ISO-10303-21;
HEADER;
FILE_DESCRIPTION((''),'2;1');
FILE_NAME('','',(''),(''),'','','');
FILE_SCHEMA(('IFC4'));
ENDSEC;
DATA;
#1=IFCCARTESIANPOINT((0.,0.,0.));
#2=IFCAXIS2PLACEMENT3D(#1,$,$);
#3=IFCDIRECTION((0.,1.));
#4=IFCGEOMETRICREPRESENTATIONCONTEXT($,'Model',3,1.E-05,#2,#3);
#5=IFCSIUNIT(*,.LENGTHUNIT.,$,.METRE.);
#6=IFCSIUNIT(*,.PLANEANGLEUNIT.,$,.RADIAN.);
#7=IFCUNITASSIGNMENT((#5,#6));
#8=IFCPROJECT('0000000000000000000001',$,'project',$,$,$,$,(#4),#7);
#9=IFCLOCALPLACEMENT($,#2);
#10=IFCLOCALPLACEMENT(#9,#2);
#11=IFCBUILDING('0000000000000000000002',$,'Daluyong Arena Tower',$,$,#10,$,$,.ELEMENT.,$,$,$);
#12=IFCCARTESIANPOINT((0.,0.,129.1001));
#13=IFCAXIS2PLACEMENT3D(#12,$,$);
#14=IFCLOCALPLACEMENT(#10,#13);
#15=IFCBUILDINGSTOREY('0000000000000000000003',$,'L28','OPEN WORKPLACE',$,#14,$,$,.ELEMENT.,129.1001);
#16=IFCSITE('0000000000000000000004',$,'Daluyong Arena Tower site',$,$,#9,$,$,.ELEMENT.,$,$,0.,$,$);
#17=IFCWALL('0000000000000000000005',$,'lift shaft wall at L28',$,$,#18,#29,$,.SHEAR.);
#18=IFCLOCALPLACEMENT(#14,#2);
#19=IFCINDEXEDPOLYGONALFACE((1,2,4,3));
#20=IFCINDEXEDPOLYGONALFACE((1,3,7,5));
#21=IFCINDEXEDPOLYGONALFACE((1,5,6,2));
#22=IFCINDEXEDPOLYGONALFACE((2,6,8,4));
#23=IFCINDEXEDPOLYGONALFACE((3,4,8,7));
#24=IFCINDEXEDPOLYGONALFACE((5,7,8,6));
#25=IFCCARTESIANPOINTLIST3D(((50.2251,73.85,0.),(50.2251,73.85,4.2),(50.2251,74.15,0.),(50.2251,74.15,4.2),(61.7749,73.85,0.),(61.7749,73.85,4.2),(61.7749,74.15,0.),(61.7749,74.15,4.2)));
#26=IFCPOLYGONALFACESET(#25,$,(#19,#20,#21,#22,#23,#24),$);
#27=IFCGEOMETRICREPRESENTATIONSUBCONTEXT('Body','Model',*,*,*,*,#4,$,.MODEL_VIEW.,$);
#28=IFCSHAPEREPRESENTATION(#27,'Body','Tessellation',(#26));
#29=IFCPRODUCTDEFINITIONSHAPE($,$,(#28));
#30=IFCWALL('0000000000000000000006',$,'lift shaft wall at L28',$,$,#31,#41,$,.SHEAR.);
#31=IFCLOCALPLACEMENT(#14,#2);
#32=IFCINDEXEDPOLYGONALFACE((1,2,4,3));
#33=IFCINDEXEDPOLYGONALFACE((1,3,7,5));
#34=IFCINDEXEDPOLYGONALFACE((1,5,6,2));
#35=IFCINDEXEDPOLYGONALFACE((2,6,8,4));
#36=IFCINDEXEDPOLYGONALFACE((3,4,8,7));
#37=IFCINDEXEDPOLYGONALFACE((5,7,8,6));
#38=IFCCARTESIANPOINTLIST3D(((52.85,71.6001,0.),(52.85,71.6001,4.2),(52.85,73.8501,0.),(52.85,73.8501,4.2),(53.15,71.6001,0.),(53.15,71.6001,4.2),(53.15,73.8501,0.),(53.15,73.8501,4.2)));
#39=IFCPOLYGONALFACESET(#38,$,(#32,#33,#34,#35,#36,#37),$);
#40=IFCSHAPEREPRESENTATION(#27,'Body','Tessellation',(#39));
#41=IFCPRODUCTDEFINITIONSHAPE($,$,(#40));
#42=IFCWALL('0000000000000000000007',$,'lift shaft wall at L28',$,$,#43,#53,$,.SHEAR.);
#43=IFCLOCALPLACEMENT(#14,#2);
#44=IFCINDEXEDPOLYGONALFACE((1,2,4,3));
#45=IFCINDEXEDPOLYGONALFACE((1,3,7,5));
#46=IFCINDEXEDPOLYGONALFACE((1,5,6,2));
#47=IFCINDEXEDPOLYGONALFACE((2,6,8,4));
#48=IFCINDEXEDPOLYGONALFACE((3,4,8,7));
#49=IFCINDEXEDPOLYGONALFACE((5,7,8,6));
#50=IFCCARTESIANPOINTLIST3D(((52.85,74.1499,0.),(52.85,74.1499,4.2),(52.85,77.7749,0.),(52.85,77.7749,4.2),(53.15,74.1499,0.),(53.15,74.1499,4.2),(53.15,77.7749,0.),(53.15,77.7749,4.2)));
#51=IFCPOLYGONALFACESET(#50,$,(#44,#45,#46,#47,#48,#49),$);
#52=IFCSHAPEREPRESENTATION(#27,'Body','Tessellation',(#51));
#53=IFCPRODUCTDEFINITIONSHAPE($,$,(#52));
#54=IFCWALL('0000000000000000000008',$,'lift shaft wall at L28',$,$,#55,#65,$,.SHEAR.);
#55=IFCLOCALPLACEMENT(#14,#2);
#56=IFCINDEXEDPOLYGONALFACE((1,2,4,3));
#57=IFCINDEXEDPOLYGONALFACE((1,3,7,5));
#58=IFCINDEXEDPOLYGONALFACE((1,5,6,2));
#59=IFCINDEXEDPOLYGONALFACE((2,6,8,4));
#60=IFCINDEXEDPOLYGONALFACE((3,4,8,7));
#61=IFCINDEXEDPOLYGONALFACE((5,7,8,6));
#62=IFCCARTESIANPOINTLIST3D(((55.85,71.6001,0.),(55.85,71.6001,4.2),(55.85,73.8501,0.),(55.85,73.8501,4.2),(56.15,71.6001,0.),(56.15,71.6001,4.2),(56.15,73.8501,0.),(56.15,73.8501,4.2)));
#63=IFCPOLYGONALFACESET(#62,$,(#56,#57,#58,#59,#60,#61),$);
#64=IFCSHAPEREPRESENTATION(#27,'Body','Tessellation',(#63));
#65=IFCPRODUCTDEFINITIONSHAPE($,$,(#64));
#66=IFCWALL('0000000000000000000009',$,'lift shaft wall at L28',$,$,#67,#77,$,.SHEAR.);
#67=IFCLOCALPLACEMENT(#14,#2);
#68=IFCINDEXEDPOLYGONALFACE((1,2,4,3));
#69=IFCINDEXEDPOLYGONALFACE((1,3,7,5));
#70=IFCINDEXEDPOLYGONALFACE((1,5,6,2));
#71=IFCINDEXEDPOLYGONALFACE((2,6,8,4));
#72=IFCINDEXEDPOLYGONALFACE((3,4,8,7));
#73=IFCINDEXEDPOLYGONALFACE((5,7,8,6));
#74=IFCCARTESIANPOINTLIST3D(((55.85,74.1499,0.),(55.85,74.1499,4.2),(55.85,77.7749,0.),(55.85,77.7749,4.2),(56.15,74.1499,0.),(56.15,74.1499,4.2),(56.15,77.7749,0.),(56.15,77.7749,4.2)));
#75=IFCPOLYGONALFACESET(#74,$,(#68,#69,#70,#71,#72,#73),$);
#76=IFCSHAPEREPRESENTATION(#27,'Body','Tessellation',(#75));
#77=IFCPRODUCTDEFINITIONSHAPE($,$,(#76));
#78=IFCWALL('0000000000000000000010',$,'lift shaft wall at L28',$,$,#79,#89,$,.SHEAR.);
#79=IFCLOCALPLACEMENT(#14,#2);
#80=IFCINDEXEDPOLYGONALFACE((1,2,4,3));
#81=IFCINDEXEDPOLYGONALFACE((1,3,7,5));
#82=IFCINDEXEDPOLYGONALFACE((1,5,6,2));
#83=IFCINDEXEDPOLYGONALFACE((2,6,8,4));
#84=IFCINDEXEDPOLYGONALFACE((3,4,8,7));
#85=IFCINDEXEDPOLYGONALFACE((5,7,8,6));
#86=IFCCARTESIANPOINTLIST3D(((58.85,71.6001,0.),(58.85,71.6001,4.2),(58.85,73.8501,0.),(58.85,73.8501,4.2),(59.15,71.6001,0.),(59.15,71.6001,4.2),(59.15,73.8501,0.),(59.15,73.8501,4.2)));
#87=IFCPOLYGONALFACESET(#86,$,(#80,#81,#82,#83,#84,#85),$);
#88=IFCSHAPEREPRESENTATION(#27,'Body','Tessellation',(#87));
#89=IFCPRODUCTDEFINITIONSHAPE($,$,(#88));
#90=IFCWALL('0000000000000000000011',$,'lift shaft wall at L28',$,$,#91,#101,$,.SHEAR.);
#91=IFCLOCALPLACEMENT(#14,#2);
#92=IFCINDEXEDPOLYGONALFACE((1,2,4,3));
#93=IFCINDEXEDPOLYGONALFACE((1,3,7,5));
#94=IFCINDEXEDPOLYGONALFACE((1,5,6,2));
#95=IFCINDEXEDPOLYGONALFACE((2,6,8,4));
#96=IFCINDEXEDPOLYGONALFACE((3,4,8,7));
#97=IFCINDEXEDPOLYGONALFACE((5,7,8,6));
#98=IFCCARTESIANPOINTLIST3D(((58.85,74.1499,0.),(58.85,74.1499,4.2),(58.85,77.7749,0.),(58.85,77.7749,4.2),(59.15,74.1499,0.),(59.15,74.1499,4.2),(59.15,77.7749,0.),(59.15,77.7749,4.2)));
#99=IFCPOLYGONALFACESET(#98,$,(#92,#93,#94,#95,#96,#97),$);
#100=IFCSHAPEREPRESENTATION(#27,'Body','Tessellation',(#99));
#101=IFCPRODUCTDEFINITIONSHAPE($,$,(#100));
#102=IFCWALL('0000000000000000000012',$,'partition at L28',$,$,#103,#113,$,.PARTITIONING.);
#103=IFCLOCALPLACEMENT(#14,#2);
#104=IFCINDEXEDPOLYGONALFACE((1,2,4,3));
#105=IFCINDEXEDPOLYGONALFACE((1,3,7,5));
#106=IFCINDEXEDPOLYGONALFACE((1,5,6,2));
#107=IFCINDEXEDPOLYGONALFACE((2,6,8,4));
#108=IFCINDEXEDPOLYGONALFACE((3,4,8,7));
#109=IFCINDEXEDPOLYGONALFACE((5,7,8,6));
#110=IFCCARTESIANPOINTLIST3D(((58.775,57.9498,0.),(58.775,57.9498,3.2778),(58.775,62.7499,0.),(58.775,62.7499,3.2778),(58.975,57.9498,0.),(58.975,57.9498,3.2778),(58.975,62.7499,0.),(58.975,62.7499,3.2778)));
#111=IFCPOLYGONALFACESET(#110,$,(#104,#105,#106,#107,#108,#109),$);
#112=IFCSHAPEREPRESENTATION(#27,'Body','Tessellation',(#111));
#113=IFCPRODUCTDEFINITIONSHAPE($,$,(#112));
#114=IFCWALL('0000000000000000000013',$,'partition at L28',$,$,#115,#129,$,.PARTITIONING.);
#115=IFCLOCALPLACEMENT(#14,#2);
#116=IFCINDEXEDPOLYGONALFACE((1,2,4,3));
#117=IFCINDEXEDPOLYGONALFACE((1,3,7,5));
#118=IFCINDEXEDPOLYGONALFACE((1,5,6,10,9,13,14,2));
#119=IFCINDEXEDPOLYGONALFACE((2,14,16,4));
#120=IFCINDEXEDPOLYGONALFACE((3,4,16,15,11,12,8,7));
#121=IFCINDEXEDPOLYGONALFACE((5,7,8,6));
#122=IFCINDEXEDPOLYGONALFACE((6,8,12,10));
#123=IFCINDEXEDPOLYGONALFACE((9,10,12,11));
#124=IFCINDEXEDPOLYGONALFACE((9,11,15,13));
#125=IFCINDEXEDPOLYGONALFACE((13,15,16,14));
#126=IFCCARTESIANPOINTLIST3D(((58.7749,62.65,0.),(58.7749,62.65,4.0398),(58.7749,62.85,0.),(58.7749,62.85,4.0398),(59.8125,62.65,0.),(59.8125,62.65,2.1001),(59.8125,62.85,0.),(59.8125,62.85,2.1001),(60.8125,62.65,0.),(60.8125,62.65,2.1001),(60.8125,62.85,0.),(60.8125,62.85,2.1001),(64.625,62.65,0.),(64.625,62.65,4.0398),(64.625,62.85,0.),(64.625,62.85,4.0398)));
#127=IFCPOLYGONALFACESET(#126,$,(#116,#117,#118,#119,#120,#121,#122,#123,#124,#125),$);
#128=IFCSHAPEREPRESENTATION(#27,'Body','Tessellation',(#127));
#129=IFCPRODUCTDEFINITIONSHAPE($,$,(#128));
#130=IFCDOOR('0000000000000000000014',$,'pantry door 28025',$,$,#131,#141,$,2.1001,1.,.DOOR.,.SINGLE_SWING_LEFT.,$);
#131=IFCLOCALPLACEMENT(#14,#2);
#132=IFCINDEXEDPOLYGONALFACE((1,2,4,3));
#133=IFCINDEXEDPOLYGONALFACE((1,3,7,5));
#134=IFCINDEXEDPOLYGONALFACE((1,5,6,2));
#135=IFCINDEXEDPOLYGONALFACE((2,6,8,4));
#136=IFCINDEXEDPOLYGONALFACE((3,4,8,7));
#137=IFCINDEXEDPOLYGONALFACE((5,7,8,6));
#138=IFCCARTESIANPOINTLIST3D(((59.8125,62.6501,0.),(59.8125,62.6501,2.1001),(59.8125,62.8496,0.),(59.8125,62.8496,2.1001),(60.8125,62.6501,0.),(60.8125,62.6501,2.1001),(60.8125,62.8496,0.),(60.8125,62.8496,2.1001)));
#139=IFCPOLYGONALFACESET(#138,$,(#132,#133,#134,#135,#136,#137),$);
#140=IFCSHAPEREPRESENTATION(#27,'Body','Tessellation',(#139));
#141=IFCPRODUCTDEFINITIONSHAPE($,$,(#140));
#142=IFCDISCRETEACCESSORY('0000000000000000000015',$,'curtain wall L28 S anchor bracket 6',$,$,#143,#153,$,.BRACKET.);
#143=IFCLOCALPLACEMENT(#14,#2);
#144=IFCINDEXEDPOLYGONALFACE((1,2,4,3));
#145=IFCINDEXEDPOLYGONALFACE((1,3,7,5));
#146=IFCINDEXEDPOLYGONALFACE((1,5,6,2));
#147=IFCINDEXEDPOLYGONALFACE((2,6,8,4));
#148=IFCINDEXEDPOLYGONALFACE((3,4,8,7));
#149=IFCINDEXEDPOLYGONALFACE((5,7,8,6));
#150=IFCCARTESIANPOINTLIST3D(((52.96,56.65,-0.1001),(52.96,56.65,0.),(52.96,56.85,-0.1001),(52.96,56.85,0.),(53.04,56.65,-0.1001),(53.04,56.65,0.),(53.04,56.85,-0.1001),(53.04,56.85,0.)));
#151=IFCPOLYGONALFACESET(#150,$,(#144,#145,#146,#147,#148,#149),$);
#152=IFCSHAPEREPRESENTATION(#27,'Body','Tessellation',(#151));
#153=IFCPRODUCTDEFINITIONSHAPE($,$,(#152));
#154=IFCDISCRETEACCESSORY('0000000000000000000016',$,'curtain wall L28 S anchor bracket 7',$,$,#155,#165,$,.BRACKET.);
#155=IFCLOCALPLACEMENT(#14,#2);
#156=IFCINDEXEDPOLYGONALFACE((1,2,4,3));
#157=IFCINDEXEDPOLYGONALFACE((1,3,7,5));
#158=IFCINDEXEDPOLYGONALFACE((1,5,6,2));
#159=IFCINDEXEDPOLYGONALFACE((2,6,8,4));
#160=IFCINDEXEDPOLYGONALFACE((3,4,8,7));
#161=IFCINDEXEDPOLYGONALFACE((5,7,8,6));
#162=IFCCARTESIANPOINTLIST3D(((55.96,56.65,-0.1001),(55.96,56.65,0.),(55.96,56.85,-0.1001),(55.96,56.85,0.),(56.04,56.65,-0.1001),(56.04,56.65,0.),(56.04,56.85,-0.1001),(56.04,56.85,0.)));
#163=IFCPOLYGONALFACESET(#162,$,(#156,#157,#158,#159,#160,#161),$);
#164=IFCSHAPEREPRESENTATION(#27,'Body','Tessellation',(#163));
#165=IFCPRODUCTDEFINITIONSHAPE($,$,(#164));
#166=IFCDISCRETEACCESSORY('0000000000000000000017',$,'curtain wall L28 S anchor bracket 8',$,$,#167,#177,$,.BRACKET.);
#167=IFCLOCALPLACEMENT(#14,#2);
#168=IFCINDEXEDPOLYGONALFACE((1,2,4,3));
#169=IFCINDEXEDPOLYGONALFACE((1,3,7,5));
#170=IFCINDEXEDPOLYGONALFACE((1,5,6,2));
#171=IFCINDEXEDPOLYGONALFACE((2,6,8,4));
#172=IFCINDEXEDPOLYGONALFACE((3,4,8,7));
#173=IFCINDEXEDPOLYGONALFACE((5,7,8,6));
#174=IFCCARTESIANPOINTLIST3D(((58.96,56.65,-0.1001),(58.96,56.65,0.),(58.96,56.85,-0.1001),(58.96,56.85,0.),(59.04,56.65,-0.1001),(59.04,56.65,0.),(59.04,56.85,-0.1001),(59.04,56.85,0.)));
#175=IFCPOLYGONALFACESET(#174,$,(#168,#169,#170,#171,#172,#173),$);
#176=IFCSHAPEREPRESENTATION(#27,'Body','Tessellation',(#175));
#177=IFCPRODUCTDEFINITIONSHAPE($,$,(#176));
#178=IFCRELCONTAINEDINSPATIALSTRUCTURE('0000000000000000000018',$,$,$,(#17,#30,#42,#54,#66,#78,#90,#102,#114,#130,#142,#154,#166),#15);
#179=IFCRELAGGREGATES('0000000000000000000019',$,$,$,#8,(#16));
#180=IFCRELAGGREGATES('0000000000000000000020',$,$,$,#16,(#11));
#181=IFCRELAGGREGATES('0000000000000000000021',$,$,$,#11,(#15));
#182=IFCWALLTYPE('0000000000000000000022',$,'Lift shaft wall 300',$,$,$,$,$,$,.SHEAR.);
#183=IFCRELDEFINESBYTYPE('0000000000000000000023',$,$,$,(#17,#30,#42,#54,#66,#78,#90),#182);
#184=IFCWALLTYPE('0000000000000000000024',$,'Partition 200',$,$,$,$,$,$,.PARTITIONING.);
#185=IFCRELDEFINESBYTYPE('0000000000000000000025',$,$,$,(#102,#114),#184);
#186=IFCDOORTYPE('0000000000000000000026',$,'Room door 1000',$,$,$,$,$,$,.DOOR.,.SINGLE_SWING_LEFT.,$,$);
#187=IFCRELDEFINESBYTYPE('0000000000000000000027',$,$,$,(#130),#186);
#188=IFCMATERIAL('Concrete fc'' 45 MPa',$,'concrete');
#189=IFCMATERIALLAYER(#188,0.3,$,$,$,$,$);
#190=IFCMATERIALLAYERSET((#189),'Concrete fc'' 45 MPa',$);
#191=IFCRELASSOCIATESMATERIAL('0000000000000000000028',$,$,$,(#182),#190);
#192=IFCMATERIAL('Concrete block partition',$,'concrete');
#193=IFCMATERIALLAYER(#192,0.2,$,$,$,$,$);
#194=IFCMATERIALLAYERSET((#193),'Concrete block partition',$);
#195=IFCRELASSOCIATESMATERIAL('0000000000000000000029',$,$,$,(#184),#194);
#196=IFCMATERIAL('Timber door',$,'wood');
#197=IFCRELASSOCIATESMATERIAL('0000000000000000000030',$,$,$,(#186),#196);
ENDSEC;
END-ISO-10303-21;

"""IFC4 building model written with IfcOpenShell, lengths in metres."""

from ifc_helpers import new_model, si_unit, direction, frame, frame_2d, origin, origin_2d, place, context, subcontext, project, spatial, rectangle, extrude, material, layer, layer_set, type_object, element, fill, save


model = new_model("IFC4")

# Units and contexts
model_context = context("Model", 3, precision=1e-05, world=origin(), true_north=direction((0.0, 1.0)))
body_context = subcontext(model_context, "Body", "Model", "MODEL_VIEW")
ifc_project = project(units=[si_unit("LENGTHUNIT", "METRE"), si_unit("PLANEANGLEUNIT", "RADIAN")], contexts=[model_context])

# Site, building, storey
site_placement = place(None, origin())
site = spatial("IfcSite", under=ifc_project, at=site_placement, Name="Daluyong Arena Tower site", CompositionType="ELEMENT", RefElevation=0.0)
building_placement = place(site_placement, origin())
building = spatial("IfcBuilding", under=site, at=building_placement, Name="Daluyong Arena Tower", CompositionType="ELEMENT")
storey_placement = place(building_placement, frame((0.0, 0.0, 129.1001)))
storey = spatial("IfcBuildingStorey", under=building, at=storey_placement, Name="L28", Description="OPEN WORKPLACE", CompositionType="ELEMENT", Elevation=129.1001)

# Walls
ifc_material_1 = material(Name="Concrete fc' 45 MPa", Category="concrete")
ifc_layer_1 = layer(ifc_material_1, 0.3)
ifc_layer_set_1 = layer_set([ifc_layer_1], Name="Concrete fc' 45 MPa")
wall_type_1 = type_object("IfcWallType", Name="Lift shaft wall 300", PredefinedType="SHEAR", material=ifc_layer_set_1)
wall_1_placement = place(storey_placement, frame((50.2251, 74.0, 0.0), z_axis=(0.0, 0.0, 1.0), x_axis=(1.0, 0.0, 0.0)))
element("IfcWall", 1, at=wall_1_placement, inside=storey, type_object=wall_type_1, Name="lift shaft wall at L28", PredefinedType="SHEAR", context=body_context, shape_type="SweptSolid", body=[
    extrude(rectangle(XDim=11.5498, YDim=0.3, at=frame_2d((5.7749, 0.0))), origin(), (0.0, 0.0, 1.0), 4.2),
])
wall_2_placement = place(storey_placement, frame((53.0, 71.6001, 0.0), z_axis=(0.0, 0.0, 1.0), x_axis=(0.0, 1.0, 0.0)))
element("IfcWall", 2, at=wall_2_placement, inside=storey, type_object=wall_type_1, Name="lift shaft wall at L28", PredefinedType="SHEAR", context=body_context, shape_type="SweptSolid", body=[
    extrude(rectangle(XDim=2.25, YDim=0.3, at=frame_2d((1.125, 0.0))), origin(), (0.0, 0.0, 1.0), 4.2),
])
wall_3_placement = place(storey_placement, frame((53.0, 74.1499, 0.0), z_axis=(0.0, 0.0, 1.0), x_axis=(0.0, 1.0, 0.0)))
element("IfcWall", 3, at=wall_3_placement, inside=storey, type_object=wall_type_1, Name="lift shaft wall at L28", PredefinedType="SHEAR", context=body_context, shape_type="SweptSolid", body=[
    extrude(rectangle(XDim=3.625, YDim=0.3, at=frame_2d((1.8125, 0.0))), origin(), (0.0, 0.0, 1.0), 4.2),
])
wall_4_placement = place(storey_placement, frame((56.0, 71.6001, 0.0), z_axis=(0.0, 0.0, 1.0), x_axis=(0.0, 1.0, 0.0)))
element("IfcWall", 4, at=wall_4_placement, inside=storey, type_object=wall_type_1, Name="lift shaft wall at L28", PredefinedType="SHEAR", context=body_context, shape_type="SweptSolid", body=[
    extrude(rectangle(XDim=2.25, YDim=0.3, at=frame_2d((1.125, 0.0))), origin(), (0.0, 0.0, 1.0), 4.2),
])
wall_5_placement = place(storey_placement, frame((56.0, 74.1499, 0.0), z_axis=(0.0, 0.0, 1.0), x_axis=(0.0, 1.0, 0.0)))
element("IfcWall", 5, at=wall_5_placement, inside=storey, type_object=wall_type_1, Name="lift shaft wall at L28", PredefinedType="SHEAR", context=body_context, shape_type="SweptSolid", body=[
    extrude(rectangle(XDim=3.625, YDim=0.3, at=frame_2d((1.8125, 0.0))), origin(), (0.0, 0.0, 1.0), 4.2),
])
wall_6_placement = place(storey_placement, frame((59.0, 71.6001, 0.0), z_axis=(0.0, 0.0, 1.0), x_axis=(0.0, 1.0, 0.0)))
element("IfcWall", 6, at=wall_6_placement, inside=storey, type_object=wall_type_1, Name="lift shaft wall at L28", PredefinedType="SHEAR", context=body_context, shape_type="SweptSolid", body=[
    extrude(rectangle(XDim=2.25, YDim=0.3, at=frame_2d((1.125, 0.0))), origin(), (0.0, 0.0, 1.0), 4.2),
])
wall_7_placement = place(storey_placement, frame((59.0, 74.1499, 0.0), z_axis=(0.0, 0.0, 1.0), x_axis=(0.0, 1.0, 0.0)))
element("IfcWall", 7, at=wall_7_placement, inside=storey, type_object=wall_type_1, Name="lift shaft wall at L28", PredefinedType="SHEAR", context=body_context, shape_type="SweptSolid", body=[
    extrude(rectangle(XDim=3.625, YDim=0.3, at=frame_2d((1.8125, 0.0))), origin(), (0.0, 0.0, 1.0), 4.2),
])
ifc_material_2 = material(Name="Concrete block partition", Category="concrete")
ifc_layer_2 = layer(ifc_material_2, 0.2)
ifc_layer_set_2 = layer_set([ifc_layer_2], Name="Concrete block partition")
wall_type_2 = type_object("IfcWallType", Name="Partition 200", PredefinedType="PARTITIONING", material=ifc_layer_set_2)
wall_8_placement = place(storey_placement, frame((58.875, 57.95, 0.0), z_axis=(0.0, 0.0, 1.0), x_axis=(0.0, 1.0, 0.0)))
element("IfcWall", 8, at=wall_8_placement, inside=storey, type_object=wall_type_2, Name="partition at L28", PredefinedType="PARTITIONING", context=body_context, shape_type="SweptSolid", body=[
    extrude(rectangle(XDim=4.8, YDim=0.2, at=frame_2d((2.3999, 0.0))), origin(), (0.0, 0.0, 1.0), 3.2778),
])

# Wall, opening, door
wall_9_placement = place(storey_placement, frame((58.7749, 62.75, 0.0), z_axis=(0.0, 0.0, 1.0), x_axis=(1.0, 0.0, 0.0)))
wall_9 = element("IfcWall", 9, at=wall_9_placement, inside=storey, type_object=wall_type_2, Name="partition at L28", PredefinedType="PARTITIONING", context=body_context, shape_type="SweptSolid", body=[
    extrude(rectangle(XDim=5.8501, YDim=0.2, at=frame_2d((2.925, 0.0))), origin(), (0.0, 0.0, 1.0), 4.0398),
])
opening_placement = place(wall_9_placement, frame((1.0376, 0.0, 0.0)))
opening = element("IfcOpeningElement", 10, at=opening_placement, cuts=wall_9, PredefinedType="OPENING", context=body_context, shape_type="SweptSolid", body=[
    extrude(rectangle(XDim=1.0, YDim=2.1001, at=frame_2d((0.5, 1.05))), frame((0.0, 0.1099, 0.0), z_axis=(0.0, -1.0, 0.0), x_axis=(1.0, 0.0, 0.0)), (0.0, 0.0, 1.0), 0.22),
])
ifc_material_3 = material(Name="Timber door", Category="wood")
door_type = type_object("IfcDoorType", Name="Room door 1000", OperationType="SINGLE_SWING_LEFT", PredefinedType="DOOR", material=ifc_material_3)
door_placement = place(opening_placement, origin())
door = element("IfcDoor", 11, at=door_placement, inside=storey, type_object=door_type, Name="pantry door 28025", OperationType="SINGLE_SWING_LEFT", OverallHeight=2.1001, OverallWidth=1.0, PredefinedType="DOOR", context=body_context, shape_type="SweptSolid", body=[
    extrude(rectangle(XDim=1.0, YDim=2.1001, at=frame_2d((0.5, 1.05))), frame((0.0, 0.0996, 0.0), z_axis=(0.0, -1.0, 0.0), x_axis=(1.0, 0.0, 0.0)), (0.0, 0.0, 1.0), 0.1995),
])
fill(opening, door)

# Discrete accessories
for number, where, z_axis, x_axis, name in (
    (12, (53.0, 56.75, -0.1001), (0.0, 0.0, 1.0), (1.0, 0.0, 0.0), "curtain wall L28 S anchor bracket 6"),
    (13, (56.0, 56.75, -0.1001), (0.0, 0.0, 1.0), (1.0, 0.0, 0.0), "curtain wall L28 S anchor bracket 7"),
    (14, (59.0, 56.75, -0.1001), (0.0, 0.0, 1.0), (1.0, 0.0, 0.0), "curtain wall L28 S anchor bracket 8"),
):
    element("IfcDiscreteAccessory", number, at=place(storey_placement, frame(where, z_axis=z_axis, x_axis=x_axis)), inside=storey, Name=name, PredefinedType="BRACKET", context=body_context, shape_type="SweptSolid", body=[
        extrude(rectangle(XDim=0.0801, YDim=0.2, at=origin_2d()), origin(), (0.0, 0.0, 1.0), 0.1001),
    ])

save(model, "model.ifc")
